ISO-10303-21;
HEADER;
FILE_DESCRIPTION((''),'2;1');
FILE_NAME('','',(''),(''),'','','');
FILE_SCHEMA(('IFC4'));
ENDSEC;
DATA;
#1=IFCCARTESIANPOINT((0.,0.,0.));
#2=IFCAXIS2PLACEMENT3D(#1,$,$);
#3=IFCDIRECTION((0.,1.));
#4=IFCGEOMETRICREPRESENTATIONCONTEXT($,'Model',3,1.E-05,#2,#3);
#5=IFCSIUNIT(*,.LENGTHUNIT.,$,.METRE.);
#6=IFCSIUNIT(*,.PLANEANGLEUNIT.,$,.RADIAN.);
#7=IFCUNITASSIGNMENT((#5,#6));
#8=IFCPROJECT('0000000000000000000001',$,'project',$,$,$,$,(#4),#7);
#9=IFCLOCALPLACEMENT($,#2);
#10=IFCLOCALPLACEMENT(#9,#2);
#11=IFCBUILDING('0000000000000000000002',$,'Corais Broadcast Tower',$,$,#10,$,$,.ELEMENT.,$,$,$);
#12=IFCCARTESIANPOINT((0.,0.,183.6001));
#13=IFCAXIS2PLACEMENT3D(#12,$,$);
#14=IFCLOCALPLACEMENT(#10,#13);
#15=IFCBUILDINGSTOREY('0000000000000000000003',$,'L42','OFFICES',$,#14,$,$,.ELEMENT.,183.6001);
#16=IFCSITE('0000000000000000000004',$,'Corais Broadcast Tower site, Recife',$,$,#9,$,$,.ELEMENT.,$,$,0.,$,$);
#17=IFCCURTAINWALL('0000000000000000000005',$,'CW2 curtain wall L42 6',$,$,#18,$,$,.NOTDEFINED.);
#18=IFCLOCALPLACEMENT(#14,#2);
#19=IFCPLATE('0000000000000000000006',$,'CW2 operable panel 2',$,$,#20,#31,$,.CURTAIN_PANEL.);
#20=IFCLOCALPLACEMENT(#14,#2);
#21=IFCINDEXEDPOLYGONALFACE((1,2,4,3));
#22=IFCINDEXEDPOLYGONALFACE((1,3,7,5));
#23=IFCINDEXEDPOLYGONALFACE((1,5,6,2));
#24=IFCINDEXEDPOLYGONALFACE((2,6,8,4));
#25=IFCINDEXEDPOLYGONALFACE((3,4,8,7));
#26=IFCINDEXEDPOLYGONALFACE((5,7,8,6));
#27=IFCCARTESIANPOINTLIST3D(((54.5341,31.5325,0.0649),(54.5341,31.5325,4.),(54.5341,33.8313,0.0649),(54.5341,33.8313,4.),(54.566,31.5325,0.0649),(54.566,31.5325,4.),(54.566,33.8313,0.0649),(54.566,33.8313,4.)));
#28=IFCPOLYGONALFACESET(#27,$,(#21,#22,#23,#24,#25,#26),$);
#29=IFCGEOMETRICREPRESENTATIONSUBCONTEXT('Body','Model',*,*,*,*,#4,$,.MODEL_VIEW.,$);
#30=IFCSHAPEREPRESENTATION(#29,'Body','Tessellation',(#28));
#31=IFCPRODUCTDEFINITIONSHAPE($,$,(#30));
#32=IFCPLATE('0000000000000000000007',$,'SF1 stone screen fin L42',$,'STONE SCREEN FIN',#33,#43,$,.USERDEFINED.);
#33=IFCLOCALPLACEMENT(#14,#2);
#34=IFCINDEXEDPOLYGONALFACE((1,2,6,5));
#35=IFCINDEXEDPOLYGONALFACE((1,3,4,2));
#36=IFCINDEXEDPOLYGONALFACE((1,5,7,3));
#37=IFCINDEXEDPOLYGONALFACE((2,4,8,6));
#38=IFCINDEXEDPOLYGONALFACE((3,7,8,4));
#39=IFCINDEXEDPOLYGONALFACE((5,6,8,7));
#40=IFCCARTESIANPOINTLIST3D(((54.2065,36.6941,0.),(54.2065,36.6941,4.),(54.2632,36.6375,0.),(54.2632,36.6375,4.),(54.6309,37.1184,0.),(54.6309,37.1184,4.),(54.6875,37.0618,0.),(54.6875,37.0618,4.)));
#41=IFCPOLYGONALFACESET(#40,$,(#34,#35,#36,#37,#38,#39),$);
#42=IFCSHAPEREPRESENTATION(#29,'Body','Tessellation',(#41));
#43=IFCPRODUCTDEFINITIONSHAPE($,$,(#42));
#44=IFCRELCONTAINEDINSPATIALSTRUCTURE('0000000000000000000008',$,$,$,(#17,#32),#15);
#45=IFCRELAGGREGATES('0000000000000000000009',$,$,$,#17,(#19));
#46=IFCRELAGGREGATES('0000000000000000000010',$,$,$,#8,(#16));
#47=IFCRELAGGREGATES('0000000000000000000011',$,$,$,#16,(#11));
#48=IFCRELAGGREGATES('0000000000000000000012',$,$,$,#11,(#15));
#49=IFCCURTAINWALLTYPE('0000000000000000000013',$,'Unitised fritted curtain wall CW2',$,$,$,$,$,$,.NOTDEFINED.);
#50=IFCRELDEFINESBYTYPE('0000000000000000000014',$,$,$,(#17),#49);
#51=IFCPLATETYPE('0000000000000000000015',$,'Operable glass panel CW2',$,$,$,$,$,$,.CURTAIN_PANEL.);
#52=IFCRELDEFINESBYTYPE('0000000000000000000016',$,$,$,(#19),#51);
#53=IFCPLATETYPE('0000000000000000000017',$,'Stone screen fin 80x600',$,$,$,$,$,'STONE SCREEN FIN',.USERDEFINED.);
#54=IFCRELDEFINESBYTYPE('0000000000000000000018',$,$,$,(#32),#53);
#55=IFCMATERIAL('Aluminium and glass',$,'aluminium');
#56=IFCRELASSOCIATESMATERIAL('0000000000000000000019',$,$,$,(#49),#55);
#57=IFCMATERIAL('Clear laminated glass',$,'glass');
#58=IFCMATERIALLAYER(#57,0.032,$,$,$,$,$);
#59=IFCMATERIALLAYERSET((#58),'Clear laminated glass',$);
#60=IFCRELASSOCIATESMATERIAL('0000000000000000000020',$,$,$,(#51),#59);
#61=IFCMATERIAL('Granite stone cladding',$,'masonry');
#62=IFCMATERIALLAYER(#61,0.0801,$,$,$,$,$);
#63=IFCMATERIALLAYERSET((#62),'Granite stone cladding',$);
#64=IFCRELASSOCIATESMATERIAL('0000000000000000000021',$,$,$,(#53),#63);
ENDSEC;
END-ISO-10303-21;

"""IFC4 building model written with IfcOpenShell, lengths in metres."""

from ifc_helpers import new_model, si_unit, direction, frame, origin, origin_2d, place, context, subcontext, project, spatial, rectangle, extrude, material, layer, layer_set, type_object, element, aggregate, save


model = new_model("IFC4")

# Units and contexts
model_context = context("Model", 3, precision=1e-05, world=origin(), true_north=direction((0.0, 1.0)))
body_context = subcontext(model_context, "Body", "Model", "MODEL_VIEW")
ifc_project = project(units=[si_unit("LENGTHUNIT", "METRE"), si_unit("PLANEANGLEUNIT", "RADIAN")], contexts=[model_context])

# Site, building, storey
site_placement = place(None, origin())
site = spatial("IfcSite", under=ifc_project, at=site_placement, Name="Corais Broadcast Tower site, Recife", CompositionType="ELEMENT", RefElevation=0.0)
building_placement = place(site_placement, origin())
building = spatial("IfcBuilding", under=site, at=building_placement, Name="Corais Broadcast Tower", CompositionType="ELEMENT")
storey_placement = place(building_placement, frame((0.0, 0.0, 183.6001)))
storey = spatial("IfcBuildingStorey", under=building, at=storey_placement, Name="L42", Description="OFFICES", CompositionType="ELEMENT", Elevation=183.6001)

# Curtain wall
ifc_material_1 = material(Name="Aluminium and glass", Category="aluminium")
curtain_wall_type = type_object("IfcCurtainWallType", Name="Unitised fritted curtain wall CW2", PredefinedType="NOTDEFINED", material=ifc_material_1)
curtain_wall_1_placement = place(storey_placement, origin())
curtain_wall_1 = element("IfcCurtainWall", 1, at=curtain_wall_1_placement, inside=storey, type_object=curtain_wall_type, Name="CW2 curtain wall L42 6", PredefinedType="NOTDEFINED")

# Plates
ifc_material_2 = material(Name="Clear laminated glass", Category="glass")
ifc_layer_1 = layer(ifc_material_2, 0.032)
ifc_layer_set_1 = layer_set([ifc_layer_1], Name="Clear laminated glass")
plate_type_1 = type_object("IfcPlateType", Name="Operable glass panel CW2", PredefinedType="CURTAIN_PANEL", material=ifc_layer_set_1)
plate_1_placement = place(storey_placement, frame((54.55, 32.6819, 0.0649), z_axis=(0.0, 0.0, 1.0), x_axis=(0.0, -1.0, 0.0)))
plate_1 = element("IfcPlate", 2, at=plate_1_placement, type_object=plate_type_1, Name="CW2 operable panel 2", PredefinedType="CURTAIN_PANEL", context=body_context, shape_type="SweptSolid", body=[
    extrude(rectangle(XDim=2.2988, YDim=0.032, at=origin_2d()), origin(), (0.0, 0.0, 1.0), 3.9351),
])
aggregate(curtain_wall_1, [plate_1])
ifc_material_3 = material(Name="Granite stone cladding", Category="masonry")
ifc_layer_2 = layer(ifc_material_3, 0.0801)
ifc_layer_set_2 = layer_set([ifc_layer_2], Name="Granite stone cladding")
plate_type_2 = type_object("IfcPlateType", Name="Stone screen fin 80x600", ElementType="STONE SCREEN FIN", PredefinedType="USERDEFINED", material=ifc_layer_set_2)
plate_2_placement = place(storey_placement, frame((54.447, 36.8779, 0.0), z_axis=(0.0, 0.0, 1.0), x_axis=(0.707107, -0.707107, 0.0)))
element("IfcPlate", 3, at=plate_2_placement, inside=storey, type_object=plate_type_2, Name="SF1 stone screen fin L42", ObjectType="STONE SCREEN FIN", PredefinedType="USERDEFINED", context=body_context, shape_type="SweptSolid", body=[
    extrude(rectangle(XDim=0.0801, YDim=0.6001, at=origin_2d()), origin(), (0.0, 0.0, 1.0), 4.0),
])

save(model, "model.ifc")
